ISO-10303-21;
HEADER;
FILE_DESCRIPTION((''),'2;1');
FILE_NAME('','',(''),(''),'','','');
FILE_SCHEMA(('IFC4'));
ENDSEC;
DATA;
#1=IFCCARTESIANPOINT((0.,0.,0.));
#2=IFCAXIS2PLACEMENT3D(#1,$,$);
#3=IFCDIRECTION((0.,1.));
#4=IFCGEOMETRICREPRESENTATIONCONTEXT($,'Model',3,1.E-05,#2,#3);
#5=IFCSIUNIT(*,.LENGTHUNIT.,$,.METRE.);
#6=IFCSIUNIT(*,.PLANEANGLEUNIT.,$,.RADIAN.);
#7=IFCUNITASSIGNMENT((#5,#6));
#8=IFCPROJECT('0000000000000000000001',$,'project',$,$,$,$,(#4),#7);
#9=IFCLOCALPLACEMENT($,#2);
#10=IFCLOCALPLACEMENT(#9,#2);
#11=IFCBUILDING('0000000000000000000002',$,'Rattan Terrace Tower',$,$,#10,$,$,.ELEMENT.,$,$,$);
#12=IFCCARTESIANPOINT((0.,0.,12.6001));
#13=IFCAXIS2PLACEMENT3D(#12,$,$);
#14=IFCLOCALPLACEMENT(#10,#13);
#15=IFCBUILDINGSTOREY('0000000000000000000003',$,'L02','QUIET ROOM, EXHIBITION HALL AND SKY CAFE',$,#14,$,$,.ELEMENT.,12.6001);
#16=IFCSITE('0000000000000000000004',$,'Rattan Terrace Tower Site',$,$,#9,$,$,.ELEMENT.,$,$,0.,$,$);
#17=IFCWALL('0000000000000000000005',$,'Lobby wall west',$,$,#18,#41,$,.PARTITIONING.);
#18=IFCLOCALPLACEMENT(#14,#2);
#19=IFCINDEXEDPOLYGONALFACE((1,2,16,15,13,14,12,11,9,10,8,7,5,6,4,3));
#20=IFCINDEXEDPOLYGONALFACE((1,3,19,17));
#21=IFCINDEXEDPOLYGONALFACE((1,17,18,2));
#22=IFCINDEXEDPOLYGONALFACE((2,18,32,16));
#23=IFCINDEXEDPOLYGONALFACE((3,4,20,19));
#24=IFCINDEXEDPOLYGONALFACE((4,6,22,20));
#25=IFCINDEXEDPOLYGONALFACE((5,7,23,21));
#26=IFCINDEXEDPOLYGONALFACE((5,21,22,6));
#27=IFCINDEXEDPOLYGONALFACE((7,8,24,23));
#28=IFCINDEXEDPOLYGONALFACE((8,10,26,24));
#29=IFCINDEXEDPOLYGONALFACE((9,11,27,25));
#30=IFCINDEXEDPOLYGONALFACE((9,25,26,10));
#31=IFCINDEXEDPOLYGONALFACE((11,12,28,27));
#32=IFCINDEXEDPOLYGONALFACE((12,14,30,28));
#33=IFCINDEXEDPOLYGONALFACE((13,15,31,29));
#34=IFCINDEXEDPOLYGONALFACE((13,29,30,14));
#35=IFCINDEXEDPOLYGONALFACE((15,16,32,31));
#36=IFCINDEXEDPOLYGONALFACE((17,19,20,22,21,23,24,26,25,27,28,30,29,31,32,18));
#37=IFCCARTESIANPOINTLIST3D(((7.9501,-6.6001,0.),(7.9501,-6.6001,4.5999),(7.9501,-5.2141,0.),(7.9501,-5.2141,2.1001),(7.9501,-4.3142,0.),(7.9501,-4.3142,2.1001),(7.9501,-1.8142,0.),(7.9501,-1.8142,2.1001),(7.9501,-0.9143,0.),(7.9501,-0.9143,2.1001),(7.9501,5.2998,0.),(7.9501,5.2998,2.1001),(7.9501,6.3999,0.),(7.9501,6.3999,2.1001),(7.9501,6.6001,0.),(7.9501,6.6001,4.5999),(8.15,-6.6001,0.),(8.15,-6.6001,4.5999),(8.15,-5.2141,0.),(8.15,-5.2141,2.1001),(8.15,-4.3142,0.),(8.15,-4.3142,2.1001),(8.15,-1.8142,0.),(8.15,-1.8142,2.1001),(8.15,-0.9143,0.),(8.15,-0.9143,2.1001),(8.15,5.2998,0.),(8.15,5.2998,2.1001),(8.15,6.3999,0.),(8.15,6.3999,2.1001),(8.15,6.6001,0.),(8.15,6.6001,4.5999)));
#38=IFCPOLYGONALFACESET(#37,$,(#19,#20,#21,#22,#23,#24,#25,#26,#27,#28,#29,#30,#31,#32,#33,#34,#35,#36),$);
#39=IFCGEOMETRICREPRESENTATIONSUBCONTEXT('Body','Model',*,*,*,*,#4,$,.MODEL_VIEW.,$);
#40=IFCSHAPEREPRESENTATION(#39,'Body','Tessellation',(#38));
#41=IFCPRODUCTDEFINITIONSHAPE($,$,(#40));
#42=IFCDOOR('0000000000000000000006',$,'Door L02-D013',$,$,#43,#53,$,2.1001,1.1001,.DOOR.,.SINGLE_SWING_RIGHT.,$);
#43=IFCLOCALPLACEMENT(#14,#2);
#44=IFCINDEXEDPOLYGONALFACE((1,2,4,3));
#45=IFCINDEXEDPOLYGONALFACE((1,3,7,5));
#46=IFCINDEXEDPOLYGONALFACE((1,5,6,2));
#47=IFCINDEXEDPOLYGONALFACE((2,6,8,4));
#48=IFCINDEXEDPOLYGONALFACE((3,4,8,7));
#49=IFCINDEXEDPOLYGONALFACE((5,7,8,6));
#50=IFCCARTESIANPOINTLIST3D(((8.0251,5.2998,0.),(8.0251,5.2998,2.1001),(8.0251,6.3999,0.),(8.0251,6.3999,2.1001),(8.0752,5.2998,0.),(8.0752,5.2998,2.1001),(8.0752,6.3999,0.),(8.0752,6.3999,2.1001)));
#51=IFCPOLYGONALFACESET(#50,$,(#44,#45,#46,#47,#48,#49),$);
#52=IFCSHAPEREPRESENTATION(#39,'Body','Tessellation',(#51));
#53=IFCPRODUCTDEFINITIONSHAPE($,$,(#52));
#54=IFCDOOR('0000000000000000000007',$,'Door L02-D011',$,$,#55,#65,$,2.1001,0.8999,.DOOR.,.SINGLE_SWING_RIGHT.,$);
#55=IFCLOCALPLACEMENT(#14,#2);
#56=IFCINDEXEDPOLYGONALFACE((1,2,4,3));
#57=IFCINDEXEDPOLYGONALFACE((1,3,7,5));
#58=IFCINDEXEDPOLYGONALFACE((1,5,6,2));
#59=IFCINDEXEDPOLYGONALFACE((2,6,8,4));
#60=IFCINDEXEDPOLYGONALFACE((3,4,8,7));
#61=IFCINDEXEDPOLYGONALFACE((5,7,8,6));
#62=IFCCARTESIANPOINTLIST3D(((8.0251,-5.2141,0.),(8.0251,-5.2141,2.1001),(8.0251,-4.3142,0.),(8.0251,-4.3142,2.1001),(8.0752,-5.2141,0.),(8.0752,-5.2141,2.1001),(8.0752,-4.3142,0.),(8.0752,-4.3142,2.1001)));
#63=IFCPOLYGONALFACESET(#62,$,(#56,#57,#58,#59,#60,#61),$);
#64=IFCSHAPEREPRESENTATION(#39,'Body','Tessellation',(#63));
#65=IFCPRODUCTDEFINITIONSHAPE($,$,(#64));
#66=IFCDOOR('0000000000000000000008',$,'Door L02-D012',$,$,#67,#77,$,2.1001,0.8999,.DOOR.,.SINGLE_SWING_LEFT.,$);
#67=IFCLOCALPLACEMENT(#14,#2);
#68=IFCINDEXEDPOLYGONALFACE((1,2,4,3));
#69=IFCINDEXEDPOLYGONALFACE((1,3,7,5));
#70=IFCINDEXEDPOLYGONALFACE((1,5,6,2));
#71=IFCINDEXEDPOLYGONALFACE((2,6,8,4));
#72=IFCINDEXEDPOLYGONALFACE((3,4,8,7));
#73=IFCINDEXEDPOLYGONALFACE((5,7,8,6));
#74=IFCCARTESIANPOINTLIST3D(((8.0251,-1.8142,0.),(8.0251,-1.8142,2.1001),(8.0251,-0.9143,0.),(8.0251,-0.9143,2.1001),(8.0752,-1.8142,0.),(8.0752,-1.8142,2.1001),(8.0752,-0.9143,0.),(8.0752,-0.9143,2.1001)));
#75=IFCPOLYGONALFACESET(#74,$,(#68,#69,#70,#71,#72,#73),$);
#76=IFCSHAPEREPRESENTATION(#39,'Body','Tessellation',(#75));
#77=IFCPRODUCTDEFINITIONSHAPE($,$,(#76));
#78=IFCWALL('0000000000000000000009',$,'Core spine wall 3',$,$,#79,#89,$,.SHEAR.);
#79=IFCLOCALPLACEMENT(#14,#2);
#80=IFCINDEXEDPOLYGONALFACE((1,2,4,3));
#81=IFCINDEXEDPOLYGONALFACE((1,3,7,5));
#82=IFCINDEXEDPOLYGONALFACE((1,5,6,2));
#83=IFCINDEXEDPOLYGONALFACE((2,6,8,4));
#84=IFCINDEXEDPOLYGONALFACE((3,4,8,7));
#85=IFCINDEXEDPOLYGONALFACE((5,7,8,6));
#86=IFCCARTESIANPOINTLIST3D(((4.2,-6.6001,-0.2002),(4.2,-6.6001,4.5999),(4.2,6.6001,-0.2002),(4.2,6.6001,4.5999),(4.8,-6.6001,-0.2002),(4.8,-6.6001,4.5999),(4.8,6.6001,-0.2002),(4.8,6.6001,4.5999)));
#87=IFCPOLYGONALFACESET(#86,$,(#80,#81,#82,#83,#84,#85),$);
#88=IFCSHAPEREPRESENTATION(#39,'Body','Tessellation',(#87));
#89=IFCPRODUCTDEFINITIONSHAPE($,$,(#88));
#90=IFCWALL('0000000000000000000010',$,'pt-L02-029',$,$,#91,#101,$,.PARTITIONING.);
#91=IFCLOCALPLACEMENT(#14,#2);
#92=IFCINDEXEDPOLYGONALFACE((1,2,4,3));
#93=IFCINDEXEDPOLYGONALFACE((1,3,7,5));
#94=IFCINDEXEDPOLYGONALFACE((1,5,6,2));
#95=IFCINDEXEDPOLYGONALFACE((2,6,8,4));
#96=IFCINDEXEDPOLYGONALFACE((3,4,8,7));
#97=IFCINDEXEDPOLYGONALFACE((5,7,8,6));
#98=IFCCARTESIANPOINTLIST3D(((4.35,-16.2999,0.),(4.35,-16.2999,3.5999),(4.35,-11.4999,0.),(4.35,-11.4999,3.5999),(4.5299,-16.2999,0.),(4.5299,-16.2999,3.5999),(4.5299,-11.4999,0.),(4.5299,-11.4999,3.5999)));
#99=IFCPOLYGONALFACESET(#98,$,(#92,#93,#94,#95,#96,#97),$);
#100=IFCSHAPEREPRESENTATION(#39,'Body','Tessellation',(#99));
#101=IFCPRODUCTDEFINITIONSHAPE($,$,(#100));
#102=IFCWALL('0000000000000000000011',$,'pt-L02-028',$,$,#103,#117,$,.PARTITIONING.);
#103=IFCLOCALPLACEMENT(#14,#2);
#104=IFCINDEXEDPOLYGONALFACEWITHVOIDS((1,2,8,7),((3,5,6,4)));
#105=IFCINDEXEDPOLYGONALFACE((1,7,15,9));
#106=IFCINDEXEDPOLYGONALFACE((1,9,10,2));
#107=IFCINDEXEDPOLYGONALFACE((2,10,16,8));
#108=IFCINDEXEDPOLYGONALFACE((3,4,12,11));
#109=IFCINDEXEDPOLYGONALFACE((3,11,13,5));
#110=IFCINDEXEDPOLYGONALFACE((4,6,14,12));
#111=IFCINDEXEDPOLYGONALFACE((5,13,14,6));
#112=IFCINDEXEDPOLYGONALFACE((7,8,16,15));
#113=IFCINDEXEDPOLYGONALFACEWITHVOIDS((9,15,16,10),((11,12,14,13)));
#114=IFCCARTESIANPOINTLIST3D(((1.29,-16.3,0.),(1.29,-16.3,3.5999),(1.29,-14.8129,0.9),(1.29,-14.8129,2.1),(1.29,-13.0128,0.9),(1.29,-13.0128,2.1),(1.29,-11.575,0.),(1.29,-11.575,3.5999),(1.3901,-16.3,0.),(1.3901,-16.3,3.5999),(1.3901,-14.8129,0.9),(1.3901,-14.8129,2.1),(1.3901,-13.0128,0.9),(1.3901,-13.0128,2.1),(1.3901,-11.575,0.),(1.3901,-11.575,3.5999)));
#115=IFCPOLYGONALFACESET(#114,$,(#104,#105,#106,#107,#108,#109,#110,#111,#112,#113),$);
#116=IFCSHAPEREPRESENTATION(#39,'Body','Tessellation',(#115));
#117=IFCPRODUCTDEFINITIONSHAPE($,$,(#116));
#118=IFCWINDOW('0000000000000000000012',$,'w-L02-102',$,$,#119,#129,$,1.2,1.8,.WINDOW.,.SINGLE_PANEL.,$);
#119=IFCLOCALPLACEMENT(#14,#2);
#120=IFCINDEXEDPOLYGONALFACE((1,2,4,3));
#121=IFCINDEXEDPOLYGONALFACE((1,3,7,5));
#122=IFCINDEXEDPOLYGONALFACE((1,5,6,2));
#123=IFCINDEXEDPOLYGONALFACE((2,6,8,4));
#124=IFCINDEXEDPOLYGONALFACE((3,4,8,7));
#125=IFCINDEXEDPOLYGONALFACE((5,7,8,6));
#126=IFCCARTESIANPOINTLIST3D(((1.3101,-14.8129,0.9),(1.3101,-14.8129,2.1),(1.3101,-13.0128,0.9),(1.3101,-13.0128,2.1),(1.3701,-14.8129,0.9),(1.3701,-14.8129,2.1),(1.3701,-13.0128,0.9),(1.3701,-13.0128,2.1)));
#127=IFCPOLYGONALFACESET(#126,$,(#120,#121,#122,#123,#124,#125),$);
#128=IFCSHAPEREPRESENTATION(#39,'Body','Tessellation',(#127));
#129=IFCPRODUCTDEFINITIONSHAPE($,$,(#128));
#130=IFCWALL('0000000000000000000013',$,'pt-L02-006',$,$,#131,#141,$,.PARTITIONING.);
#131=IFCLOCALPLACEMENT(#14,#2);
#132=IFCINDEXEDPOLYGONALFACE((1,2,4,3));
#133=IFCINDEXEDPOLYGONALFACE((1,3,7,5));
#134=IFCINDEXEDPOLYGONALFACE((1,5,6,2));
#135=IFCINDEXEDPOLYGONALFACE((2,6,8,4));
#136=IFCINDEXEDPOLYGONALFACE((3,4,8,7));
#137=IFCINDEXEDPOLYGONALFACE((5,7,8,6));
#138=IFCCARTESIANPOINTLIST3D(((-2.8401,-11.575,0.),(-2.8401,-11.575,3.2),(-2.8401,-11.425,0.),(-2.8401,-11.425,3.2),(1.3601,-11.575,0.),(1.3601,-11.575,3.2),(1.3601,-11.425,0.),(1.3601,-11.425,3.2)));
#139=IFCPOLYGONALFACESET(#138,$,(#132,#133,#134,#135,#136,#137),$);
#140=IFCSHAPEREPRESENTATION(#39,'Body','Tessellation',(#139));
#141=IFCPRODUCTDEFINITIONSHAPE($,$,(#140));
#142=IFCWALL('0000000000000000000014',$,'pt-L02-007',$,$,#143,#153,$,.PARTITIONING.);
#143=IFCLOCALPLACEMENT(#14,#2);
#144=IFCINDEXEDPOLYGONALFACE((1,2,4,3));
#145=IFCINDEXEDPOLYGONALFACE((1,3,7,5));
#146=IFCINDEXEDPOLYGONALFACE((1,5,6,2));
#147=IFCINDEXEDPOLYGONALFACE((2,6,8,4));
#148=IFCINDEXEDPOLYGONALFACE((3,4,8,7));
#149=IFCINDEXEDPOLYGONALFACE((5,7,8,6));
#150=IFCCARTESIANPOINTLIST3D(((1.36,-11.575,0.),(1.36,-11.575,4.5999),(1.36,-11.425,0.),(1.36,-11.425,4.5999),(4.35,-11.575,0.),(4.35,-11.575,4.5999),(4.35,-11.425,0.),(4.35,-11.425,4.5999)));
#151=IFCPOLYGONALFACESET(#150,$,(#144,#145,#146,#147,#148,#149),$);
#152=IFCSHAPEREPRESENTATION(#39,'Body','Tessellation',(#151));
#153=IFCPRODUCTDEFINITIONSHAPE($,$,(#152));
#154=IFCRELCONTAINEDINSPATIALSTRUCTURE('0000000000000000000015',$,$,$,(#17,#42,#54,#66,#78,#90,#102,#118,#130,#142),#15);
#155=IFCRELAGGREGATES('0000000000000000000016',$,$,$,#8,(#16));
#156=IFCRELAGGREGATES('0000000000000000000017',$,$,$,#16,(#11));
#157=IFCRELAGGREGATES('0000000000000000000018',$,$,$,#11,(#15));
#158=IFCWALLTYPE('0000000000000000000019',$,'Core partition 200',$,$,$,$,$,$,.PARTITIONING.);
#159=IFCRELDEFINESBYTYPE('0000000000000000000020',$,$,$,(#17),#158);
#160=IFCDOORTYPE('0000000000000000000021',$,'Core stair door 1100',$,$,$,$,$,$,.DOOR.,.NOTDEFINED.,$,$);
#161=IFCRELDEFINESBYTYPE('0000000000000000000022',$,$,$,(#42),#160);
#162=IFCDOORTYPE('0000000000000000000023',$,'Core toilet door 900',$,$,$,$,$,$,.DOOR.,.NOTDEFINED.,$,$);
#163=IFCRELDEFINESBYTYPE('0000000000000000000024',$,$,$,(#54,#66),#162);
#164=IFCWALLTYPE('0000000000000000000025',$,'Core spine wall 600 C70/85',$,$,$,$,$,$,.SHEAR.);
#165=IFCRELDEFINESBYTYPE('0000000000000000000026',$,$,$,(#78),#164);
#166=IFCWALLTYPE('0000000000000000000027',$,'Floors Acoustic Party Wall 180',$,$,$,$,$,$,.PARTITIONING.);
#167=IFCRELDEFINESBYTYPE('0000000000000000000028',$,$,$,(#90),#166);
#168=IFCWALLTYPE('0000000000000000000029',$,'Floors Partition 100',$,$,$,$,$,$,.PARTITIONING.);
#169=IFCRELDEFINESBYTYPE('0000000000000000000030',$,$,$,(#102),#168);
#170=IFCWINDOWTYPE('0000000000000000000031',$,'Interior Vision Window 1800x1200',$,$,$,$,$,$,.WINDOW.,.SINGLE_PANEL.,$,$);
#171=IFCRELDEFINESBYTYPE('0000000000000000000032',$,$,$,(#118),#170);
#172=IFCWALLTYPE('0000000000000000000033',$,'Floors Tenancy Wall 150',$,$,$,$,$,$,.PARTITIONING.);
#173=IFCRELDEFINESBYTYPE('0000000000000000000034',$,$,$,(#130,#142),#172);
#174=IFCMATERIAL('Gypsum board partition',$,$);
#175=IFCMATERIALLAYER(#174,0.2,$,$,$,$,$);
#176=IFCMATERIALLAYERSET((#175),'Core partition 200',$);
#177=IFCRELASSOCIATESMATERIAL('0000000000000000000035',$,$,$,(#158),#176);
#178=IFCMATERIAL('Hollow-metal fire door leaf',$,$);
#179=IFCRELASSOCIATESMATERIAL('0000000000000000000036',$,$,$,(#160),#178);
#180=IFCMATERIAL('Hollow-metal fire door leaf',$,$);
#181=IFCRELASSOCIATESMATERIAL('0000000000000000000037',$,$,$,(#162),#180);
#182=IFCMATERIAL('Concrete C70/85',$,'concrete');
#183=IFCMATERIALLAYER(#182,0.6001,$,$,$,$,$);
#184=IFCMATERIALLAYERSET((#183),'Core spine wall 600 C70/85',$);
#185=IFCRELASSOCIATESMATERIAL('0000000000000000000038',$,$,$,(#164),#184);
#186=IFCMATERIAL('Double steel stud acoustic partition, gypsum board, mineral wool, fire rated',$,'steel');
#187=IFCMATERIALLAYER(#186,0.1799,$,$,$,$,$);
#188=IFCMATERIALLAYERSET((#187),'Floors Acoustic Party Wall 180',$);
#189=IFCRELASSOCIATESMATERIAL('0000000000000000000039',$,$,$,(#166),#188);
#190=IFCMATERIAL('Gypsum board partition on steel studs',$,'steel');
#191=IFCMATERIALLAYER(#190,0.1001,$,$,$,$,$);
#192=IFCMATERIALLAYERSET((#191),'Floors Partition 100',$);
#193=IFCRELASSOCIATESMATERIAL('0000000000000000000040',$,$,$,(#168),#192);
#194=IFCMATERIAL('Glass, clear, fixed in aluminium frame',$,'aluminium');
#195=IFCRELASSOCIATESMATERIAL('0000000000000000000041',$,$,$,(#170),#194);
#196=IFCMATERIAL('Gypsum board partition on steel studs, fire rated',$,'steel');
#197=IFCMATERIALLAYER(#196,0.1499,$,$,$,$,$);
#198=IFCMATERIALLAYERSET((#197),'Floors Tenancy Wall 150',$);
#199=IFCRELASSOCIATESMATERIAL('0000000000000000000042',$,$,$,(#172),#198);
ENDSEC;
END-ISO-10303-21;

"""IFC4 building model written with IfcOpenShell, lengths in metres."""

from ifc_helpers import new_model, si_unit, direction, frame, frame_2d, origin, place, context, subcontext, project, spatial, rectangle, extrude, material, layer, layer_set, type_object, element, fill, save


model = new_model("IFC4")

# Units and contexts
model_context = context("Model", 3, precision=1e-05, world=origin(), true_north=direction((0.0, 1.0)))
body_context = subcontext(model_context, "Body", "Model", "MODEL_VIEW")
ifc_project = project(units=[si_unit("LENGTHUNIT", "METRE"), si_unit("PLANEANGLEUNIT", "RADIAN")], contexts=[model_context])

# Site, building, storey
site_placement = place(None, origin())
site = spatial("IfcSite", under=ifc_project, at=site_placement, Name="Rattan Terrace Tower Site", CompositionType="ELEMENT", RefElevation=0.0)
building_placement = place(site_placement, origin())
building = spatial("IfcBuilding", under=site, at=building_placement, Name="Rattan Terrace Tower", CompositionType="ELEMENT")
storey_placement = place(building_placement, frame((0.0, 0.0, 12.6001)))
storey = spatial("IfcBuildingStorey", under=building, at=storey_placement, Name="L02", Description="QUIET ROOM, EXHIBITION HALL AND SKY CAFE", CompositionType="ELEMENT", Elevation=12.6001)

# Wall, openings, doors
ifc_material_1 = material(Name="Gypsum board partition")
ifc_layer_1 = layer(ifc_material_1, 0.2)
ifc_layer_set_1 = layer_set([ifc_layer_1], Name="Core partition 200")
wall_type_1 = type_object("IfcWallType", Name="Core partition 200", PredefinedType="PARTITIONING", material=ifc_layer_set_1)
wall_1_placement = place(storey_placement, frame((8.05, -6.6001, 0.0), z_axis=(0.0, 0.0, 1.0), x_axis=(0.0, 1.0, 0.0)))
wall_1 = element("IfcWall", 1, at=wall_1_placement, inside=storey, type_object=wall_type_1, Name="Lobby wall west", PredefinedType="PARTITIONING", context=body_context, shape_type="SweptSolid", body=[
    extrude(rectangle(XDim=13.2002, YDim=0.2, at=frame_2d((6.6001, 0.0))), origin(), (0.0, 0.0, 1.0), 4.5999),
])
opening_1_placement = place(wall_1_placement, frame((1.386, 0.0, 0.0)))
opening_1 = element("IfcOpeningElement", 2, at=opening_1_placement, cuts=wall_1, PredefinedType="OPENING", context=body_context, shape_type="SweptSolid", body=[
    extrude(rectangle(XDim=0.8999, YDim=2.1001, at=frame_2d((0.45, 1.05))), frame((0.0, 0.1106, 0.0), z_axis=(0.0, -1.0, 0.0), x_axis=(1.0, 0.0, 0.0)), (0.0, 0.0, 1.0), 0.2209),
])
opening_2_placement = place(wall_1_placement, frame((4.7859, 0.0, 0.0)))
opening_2 = element("IfcOpeningElement", 3, at=opening_2_placement, cuts=wall_1, PredefinedType="OPENING", context=body_context, shape_type="SweptSolid", body=[
    extrude(rectangle(XDim=0.8999, YDim=2.1001, at=frame_2d((0.45, 1.05))), frame((0.0, 0.1106, 0.0), z_axis=(0.0, -1.0, 0.0), x_axis=(1.0, 0.0, 0.0)), (0.0, 0.0, 1.0), 0.2209),
])
opening_3_placement = place(wall_1_placement, frame((11.8999, 0.0, 0.0)))
opening_3 = element("IfcOpeningElement", 4, at=opening_3_placement, cuts=wall_1, PredefinedType="OPENING", context=body_context, shape_type="SweptSolid", body=[
    extrude(rectangle(XDim=1.1001, YDim=2.1001, at=frame_2d((0.55, 1.05))), frame((0.0, 0.1106, 0.0), z_axis=(0.0, -1.0, 0.0), x_axis=(1.0, 0.0, 0.0)), (0.0, 0.0, 1.0), 0.2209),
])
ifc_material_2 = material(Name="Hollow-metal fire door leaf")
door_type_1 = type_object("IfcDoorType", Name="Core stair door 1100", OperationType="NOTDEFINED", PredefinedType="DOOR", material=ifc_material_2)
door_1_placement = place(opening_3_placement, origin())
door_1 = element("IfcDoor", 5, at=door_1_placement, inside=storey, type_object=door_type_1, Name="Door L02-D013", OperationType="SINGLE_SWING_RIGHT", OverallHeight=2.1001, OverallWidth=1.1001, PredefinedType="DOOR", context=body_context, shape_type="SweptSolid", body=[
    extrude(rectangle(XDim=1.1001, YDim=2.1001, at=frame_2d((0.55, 1.05))), frame((0.0, 0.0249, 0.0), z_axis=(0.0, -1.0, 0.0), x_axis=(1.0, 0.0, 0.0)), (0.0, 0.0, 1.0), 0.05),
])
fill(opening_3, door_1)
ifc_material_3 = material(Name="Hollow-metal fire door leaf")
door_type_2 = type_object("IfcDoorType", Name="Core toilet door 900", OperationType="NOTDEFINED", PredefinedType="DOOR", material=ifc_material_3)
door_2_placement = place(opening_1_placement, origin())
door_2 = element("IfcDoor", 6, at=door_2_placement, inside=storey, type_object=door_type_2, Name="Door L02-D011", OperationType="SINGLE_SWING_RIGHT", OverallHeight=2.1001, OverallWidth=0.8999, PredefinedType="DOOR", context=body_context, shape_type="SweptSolid", body=[
    extrude(rectangle(XDim=0.8999, YDim=2.1001, at=frame_2d((0.45, 1.05))), frame((0.0, 0.0249, 0.0), z_axis=(0.0, -1.0, 0.0), x_axis=(1.0, 0.0, 0.0)), (0.0, 0.0, 1.0), 0.05),
])
fill(opening_1, door_2)
door_3_placement = place(opening_2_placement, origin())
door_3 = element("IfcDoor", 7, at=door_3_placement, inside=storey, type_object=door_type_2, Name="Door L02-D012", OperationType="SINGLE_SWING_LEFT", OverallHeight=2.1001, OverallWidth=0.8999, PredefinedType="DOOR", context=body_context, shape_type="SweptSolid", body=[
    extrude(rectangle(XDim=0.8999, YDim=2.1001, at=frame_2d((0.45, 1.05))), frame((0.0, 0.0249, 0.0), z_axis=(0.0, -1.0, 0.0), x_axis=(1.0, 0.0, 0.0)), (0.0, 0.0, 1.0), 0.05),
])
fill(opening_2, door_3)

# Walls
ifc_material_4 = material(Name="Concrete C70/85", Category="concrete")
ifc_layer_2 = layer(ifc_material_4, 0.6001)
ifc_layer_set_2 = layer_set([ifc_layer_2], Name="Core spine wall 600 C70/85")
wall_type_2 = type_object("IfcWallType", Name="Core spine wall 600 C70/85", PredefinedType="SHEAR", material=ifc_layer_set_2)
wall_2_placement = place(storey_placement, frame((4.5, -6.6001, -0.2002), z_axis=(0.0, 0.0, 1.0), x_axis=(0.0, 1.0, 0.0)))
element("IfcWall", 8, at=wall_2_placement, inside=storey, type_object=wall_type_2, Name="Core spine wall 3", PredefinedType="SHEAR", context=body_context, shape_type="SweptSolid", body=[
    extrude(rectangle(XDim=13.2002, YDim=0.6001, at=frame_2d((6.6001, 0.0))), origin(), (0.0, 0.0, 1.0), 4.8),
])
ifc_material_5 = material(Name="Double steel stud acoustic partition, gypsum board, mineral wool, fire rated", Category="steel")
ifc_layer_3 = layer(ifc_material_5, 0.1799)
ifc_layer_set_3 = layer_set([ifc_layer_3], Name="Floors Acoustic Party Wall 180")
wall_type_3 = type_object("IfcWallType", Name="Floors Acoustic Party Wall 180", PredefinedType="PARTITIONING", material=ifc_layer_set_3)
wall_3_placement = place(storey_placement, frame((4.4399, -11.5, 0.0), z_axis=(0.0, 0.0, 1.0), x_axis=(0.0, -1.0, 0.0)))
element("IfcWall", 9, at=wall_3_placement, inside=storey, type_object=wall_type_3, Name="pt-L02-029", PredefinedType="PARTITIONING", context=body_context, shape_type="SweptSolid", body=[
    extrude(rectangle(XDim=4.8, YDim=0.1799, at=frame_2d((2.3999, 0.0))), origin(), (0.0, 0.0, 1.0), 3.5999),
])

# Wall, opening, window
ifc_material_6 = material(Name="Gypsum board partition on steel studs", Category="steel")
ifc_layer_4 = layer(ifc_material_6, 0.1001)
ifc_layer_set_4 = layer_set([ifc_layer_4], Name="Floors Partition 100")
wall_type_4 = type_object("IfcWallType", Name="Floors Partition 100", PredefinedType="PARTITIONING", material=ifc_layer_set_4)
wall_4_placement = place(storey_placement, frame((1.3401, -11.575, 0.0), z_axis=(0.0, 0.0, 1.0), x_axis=(0.0, -1.0, 0.0)))
wall_4 = element("IfcWall", 10, at=wall_4_placement, inside=storey, type_object=wall_type_4, Name="pt-L02-028", PredefinedType="PARTITIONING", context=body_context, shape_type="SweptSolid", body=[
    extrude(rectangle(XDim=4.7251, YDim=0.1001, at=frame_2d((2.3625, 0.0))), origin(), (0.0, 0.0, 1.0), 3.5999),
])
opening_4_placement = place(wall_4_placement, frame((1.438, 0.0, 0.8999)))
opening_4 = element("IfcOpeningElement", 11, at=opening_4_placement, cuts=wall_4, PredefinedType="OPENING", context=body_context, shape_type="SweptSolid", body=[
    extrude(rectangle(XDim=1.8, YDim=1.2, at=frame_2d((0.8999, 0.6001))), frame((0.0, 0.0605, 0.0), z_axis=(0.0, -1.0, 0.0), x_axis=(1.0, 0.0, 0.0)), (0.0, 0.0, 1.0), 0.1211),
])
ifc_material_7 = material(Name="Glass, clear, fixed in aluminium frame", Category="aluminium")
window_type = type_object("IfcWindowType", Name="Interior Vision Window 1800x1200", PartitioningType="SINGLE_PANEL", PredefinedType="WINDOW", material=ifc_material_7)
window_placement = place(opening_4_placement, origin())
window = element("IfcWindow", 12, at=window_placement, inside=storey, type_object=window_type, Name="w-L02-102", OverallHeight=1.2, OverallWidth=1.8, PartitioningType="SINGLE_PANEL", PredefinedType="WINDOW", context=body_context, shape_type="SweptSolid", body=[
    extrude(rectangle(XDim=1.8, YDim=1.2, at=frame_2d((0.8999, 0.6001))), frame((0.0, 0.03, 0.0), z_axis=(0.0, -1.0, 0.0), x_axis=(1.0, 0.0, 0.0)), (0.0, 0.0, 1.0), 0.0601),
])
fill(opening_4, window)

# Walls
ifc_material_8 = material(Name="Gypsum board partition on steel studs, fire rated", Category="steel")
ifc_layer_5 = layer(ifc_material_8, 0.1499)
ifc_layer_set_5 = layer_set([ifc_layer_5], Name="Floors Tenancy Wall 150")
wall_type_5 = type_object("IfcWallType", Name="Floors Tenancy Wall 150", PredefinedType="PARTITIONING", material=ifc_layer_set_5)
wall_5_placement = place(storey_placement, frame((1.3601, -11.5, 0.0), z_axis=(0.0, 0.0, 1.0), x_axis=(-1.0, 0.0, 0.0)))
element("IfcWall", 13, at=wall_5_placement, inside=storey, type_object=wall_type_5, Name="pt-L02-006", PredefinedType="PARTITIONING", context=body_context, shape_type="SweptSolid", body=[
    extrude(rectangle(XDim=4.2002, YDim=0.1499, at=frame_2d((2.1001, 0.0))), origin(), (0.0, 0.0, 1.0), 3.2),
])
wall_6_placement = place(storey_placement, frame((4.3501, -11.5, 0.0), z_axis=(0.0, 0.0, 1.0), x_axis=(-1.0, 0.0, 0.0)))
element("IfcWall", 14, at=wall_6_placement, inside=storey, type_object=wall_type_5, Name="pt-L02-007", PredefinedType="PARTITIONING", context=body_context, shape_type="SweptSolid", body=[
    extrude(rectangle(XDim=2.99, YDim=0.1499, at=frame_2d((1.4951, 0.0))), origin(), (0.0, 0.0, 1.0), 4.5999),
])

save(model, "model.ifc")
